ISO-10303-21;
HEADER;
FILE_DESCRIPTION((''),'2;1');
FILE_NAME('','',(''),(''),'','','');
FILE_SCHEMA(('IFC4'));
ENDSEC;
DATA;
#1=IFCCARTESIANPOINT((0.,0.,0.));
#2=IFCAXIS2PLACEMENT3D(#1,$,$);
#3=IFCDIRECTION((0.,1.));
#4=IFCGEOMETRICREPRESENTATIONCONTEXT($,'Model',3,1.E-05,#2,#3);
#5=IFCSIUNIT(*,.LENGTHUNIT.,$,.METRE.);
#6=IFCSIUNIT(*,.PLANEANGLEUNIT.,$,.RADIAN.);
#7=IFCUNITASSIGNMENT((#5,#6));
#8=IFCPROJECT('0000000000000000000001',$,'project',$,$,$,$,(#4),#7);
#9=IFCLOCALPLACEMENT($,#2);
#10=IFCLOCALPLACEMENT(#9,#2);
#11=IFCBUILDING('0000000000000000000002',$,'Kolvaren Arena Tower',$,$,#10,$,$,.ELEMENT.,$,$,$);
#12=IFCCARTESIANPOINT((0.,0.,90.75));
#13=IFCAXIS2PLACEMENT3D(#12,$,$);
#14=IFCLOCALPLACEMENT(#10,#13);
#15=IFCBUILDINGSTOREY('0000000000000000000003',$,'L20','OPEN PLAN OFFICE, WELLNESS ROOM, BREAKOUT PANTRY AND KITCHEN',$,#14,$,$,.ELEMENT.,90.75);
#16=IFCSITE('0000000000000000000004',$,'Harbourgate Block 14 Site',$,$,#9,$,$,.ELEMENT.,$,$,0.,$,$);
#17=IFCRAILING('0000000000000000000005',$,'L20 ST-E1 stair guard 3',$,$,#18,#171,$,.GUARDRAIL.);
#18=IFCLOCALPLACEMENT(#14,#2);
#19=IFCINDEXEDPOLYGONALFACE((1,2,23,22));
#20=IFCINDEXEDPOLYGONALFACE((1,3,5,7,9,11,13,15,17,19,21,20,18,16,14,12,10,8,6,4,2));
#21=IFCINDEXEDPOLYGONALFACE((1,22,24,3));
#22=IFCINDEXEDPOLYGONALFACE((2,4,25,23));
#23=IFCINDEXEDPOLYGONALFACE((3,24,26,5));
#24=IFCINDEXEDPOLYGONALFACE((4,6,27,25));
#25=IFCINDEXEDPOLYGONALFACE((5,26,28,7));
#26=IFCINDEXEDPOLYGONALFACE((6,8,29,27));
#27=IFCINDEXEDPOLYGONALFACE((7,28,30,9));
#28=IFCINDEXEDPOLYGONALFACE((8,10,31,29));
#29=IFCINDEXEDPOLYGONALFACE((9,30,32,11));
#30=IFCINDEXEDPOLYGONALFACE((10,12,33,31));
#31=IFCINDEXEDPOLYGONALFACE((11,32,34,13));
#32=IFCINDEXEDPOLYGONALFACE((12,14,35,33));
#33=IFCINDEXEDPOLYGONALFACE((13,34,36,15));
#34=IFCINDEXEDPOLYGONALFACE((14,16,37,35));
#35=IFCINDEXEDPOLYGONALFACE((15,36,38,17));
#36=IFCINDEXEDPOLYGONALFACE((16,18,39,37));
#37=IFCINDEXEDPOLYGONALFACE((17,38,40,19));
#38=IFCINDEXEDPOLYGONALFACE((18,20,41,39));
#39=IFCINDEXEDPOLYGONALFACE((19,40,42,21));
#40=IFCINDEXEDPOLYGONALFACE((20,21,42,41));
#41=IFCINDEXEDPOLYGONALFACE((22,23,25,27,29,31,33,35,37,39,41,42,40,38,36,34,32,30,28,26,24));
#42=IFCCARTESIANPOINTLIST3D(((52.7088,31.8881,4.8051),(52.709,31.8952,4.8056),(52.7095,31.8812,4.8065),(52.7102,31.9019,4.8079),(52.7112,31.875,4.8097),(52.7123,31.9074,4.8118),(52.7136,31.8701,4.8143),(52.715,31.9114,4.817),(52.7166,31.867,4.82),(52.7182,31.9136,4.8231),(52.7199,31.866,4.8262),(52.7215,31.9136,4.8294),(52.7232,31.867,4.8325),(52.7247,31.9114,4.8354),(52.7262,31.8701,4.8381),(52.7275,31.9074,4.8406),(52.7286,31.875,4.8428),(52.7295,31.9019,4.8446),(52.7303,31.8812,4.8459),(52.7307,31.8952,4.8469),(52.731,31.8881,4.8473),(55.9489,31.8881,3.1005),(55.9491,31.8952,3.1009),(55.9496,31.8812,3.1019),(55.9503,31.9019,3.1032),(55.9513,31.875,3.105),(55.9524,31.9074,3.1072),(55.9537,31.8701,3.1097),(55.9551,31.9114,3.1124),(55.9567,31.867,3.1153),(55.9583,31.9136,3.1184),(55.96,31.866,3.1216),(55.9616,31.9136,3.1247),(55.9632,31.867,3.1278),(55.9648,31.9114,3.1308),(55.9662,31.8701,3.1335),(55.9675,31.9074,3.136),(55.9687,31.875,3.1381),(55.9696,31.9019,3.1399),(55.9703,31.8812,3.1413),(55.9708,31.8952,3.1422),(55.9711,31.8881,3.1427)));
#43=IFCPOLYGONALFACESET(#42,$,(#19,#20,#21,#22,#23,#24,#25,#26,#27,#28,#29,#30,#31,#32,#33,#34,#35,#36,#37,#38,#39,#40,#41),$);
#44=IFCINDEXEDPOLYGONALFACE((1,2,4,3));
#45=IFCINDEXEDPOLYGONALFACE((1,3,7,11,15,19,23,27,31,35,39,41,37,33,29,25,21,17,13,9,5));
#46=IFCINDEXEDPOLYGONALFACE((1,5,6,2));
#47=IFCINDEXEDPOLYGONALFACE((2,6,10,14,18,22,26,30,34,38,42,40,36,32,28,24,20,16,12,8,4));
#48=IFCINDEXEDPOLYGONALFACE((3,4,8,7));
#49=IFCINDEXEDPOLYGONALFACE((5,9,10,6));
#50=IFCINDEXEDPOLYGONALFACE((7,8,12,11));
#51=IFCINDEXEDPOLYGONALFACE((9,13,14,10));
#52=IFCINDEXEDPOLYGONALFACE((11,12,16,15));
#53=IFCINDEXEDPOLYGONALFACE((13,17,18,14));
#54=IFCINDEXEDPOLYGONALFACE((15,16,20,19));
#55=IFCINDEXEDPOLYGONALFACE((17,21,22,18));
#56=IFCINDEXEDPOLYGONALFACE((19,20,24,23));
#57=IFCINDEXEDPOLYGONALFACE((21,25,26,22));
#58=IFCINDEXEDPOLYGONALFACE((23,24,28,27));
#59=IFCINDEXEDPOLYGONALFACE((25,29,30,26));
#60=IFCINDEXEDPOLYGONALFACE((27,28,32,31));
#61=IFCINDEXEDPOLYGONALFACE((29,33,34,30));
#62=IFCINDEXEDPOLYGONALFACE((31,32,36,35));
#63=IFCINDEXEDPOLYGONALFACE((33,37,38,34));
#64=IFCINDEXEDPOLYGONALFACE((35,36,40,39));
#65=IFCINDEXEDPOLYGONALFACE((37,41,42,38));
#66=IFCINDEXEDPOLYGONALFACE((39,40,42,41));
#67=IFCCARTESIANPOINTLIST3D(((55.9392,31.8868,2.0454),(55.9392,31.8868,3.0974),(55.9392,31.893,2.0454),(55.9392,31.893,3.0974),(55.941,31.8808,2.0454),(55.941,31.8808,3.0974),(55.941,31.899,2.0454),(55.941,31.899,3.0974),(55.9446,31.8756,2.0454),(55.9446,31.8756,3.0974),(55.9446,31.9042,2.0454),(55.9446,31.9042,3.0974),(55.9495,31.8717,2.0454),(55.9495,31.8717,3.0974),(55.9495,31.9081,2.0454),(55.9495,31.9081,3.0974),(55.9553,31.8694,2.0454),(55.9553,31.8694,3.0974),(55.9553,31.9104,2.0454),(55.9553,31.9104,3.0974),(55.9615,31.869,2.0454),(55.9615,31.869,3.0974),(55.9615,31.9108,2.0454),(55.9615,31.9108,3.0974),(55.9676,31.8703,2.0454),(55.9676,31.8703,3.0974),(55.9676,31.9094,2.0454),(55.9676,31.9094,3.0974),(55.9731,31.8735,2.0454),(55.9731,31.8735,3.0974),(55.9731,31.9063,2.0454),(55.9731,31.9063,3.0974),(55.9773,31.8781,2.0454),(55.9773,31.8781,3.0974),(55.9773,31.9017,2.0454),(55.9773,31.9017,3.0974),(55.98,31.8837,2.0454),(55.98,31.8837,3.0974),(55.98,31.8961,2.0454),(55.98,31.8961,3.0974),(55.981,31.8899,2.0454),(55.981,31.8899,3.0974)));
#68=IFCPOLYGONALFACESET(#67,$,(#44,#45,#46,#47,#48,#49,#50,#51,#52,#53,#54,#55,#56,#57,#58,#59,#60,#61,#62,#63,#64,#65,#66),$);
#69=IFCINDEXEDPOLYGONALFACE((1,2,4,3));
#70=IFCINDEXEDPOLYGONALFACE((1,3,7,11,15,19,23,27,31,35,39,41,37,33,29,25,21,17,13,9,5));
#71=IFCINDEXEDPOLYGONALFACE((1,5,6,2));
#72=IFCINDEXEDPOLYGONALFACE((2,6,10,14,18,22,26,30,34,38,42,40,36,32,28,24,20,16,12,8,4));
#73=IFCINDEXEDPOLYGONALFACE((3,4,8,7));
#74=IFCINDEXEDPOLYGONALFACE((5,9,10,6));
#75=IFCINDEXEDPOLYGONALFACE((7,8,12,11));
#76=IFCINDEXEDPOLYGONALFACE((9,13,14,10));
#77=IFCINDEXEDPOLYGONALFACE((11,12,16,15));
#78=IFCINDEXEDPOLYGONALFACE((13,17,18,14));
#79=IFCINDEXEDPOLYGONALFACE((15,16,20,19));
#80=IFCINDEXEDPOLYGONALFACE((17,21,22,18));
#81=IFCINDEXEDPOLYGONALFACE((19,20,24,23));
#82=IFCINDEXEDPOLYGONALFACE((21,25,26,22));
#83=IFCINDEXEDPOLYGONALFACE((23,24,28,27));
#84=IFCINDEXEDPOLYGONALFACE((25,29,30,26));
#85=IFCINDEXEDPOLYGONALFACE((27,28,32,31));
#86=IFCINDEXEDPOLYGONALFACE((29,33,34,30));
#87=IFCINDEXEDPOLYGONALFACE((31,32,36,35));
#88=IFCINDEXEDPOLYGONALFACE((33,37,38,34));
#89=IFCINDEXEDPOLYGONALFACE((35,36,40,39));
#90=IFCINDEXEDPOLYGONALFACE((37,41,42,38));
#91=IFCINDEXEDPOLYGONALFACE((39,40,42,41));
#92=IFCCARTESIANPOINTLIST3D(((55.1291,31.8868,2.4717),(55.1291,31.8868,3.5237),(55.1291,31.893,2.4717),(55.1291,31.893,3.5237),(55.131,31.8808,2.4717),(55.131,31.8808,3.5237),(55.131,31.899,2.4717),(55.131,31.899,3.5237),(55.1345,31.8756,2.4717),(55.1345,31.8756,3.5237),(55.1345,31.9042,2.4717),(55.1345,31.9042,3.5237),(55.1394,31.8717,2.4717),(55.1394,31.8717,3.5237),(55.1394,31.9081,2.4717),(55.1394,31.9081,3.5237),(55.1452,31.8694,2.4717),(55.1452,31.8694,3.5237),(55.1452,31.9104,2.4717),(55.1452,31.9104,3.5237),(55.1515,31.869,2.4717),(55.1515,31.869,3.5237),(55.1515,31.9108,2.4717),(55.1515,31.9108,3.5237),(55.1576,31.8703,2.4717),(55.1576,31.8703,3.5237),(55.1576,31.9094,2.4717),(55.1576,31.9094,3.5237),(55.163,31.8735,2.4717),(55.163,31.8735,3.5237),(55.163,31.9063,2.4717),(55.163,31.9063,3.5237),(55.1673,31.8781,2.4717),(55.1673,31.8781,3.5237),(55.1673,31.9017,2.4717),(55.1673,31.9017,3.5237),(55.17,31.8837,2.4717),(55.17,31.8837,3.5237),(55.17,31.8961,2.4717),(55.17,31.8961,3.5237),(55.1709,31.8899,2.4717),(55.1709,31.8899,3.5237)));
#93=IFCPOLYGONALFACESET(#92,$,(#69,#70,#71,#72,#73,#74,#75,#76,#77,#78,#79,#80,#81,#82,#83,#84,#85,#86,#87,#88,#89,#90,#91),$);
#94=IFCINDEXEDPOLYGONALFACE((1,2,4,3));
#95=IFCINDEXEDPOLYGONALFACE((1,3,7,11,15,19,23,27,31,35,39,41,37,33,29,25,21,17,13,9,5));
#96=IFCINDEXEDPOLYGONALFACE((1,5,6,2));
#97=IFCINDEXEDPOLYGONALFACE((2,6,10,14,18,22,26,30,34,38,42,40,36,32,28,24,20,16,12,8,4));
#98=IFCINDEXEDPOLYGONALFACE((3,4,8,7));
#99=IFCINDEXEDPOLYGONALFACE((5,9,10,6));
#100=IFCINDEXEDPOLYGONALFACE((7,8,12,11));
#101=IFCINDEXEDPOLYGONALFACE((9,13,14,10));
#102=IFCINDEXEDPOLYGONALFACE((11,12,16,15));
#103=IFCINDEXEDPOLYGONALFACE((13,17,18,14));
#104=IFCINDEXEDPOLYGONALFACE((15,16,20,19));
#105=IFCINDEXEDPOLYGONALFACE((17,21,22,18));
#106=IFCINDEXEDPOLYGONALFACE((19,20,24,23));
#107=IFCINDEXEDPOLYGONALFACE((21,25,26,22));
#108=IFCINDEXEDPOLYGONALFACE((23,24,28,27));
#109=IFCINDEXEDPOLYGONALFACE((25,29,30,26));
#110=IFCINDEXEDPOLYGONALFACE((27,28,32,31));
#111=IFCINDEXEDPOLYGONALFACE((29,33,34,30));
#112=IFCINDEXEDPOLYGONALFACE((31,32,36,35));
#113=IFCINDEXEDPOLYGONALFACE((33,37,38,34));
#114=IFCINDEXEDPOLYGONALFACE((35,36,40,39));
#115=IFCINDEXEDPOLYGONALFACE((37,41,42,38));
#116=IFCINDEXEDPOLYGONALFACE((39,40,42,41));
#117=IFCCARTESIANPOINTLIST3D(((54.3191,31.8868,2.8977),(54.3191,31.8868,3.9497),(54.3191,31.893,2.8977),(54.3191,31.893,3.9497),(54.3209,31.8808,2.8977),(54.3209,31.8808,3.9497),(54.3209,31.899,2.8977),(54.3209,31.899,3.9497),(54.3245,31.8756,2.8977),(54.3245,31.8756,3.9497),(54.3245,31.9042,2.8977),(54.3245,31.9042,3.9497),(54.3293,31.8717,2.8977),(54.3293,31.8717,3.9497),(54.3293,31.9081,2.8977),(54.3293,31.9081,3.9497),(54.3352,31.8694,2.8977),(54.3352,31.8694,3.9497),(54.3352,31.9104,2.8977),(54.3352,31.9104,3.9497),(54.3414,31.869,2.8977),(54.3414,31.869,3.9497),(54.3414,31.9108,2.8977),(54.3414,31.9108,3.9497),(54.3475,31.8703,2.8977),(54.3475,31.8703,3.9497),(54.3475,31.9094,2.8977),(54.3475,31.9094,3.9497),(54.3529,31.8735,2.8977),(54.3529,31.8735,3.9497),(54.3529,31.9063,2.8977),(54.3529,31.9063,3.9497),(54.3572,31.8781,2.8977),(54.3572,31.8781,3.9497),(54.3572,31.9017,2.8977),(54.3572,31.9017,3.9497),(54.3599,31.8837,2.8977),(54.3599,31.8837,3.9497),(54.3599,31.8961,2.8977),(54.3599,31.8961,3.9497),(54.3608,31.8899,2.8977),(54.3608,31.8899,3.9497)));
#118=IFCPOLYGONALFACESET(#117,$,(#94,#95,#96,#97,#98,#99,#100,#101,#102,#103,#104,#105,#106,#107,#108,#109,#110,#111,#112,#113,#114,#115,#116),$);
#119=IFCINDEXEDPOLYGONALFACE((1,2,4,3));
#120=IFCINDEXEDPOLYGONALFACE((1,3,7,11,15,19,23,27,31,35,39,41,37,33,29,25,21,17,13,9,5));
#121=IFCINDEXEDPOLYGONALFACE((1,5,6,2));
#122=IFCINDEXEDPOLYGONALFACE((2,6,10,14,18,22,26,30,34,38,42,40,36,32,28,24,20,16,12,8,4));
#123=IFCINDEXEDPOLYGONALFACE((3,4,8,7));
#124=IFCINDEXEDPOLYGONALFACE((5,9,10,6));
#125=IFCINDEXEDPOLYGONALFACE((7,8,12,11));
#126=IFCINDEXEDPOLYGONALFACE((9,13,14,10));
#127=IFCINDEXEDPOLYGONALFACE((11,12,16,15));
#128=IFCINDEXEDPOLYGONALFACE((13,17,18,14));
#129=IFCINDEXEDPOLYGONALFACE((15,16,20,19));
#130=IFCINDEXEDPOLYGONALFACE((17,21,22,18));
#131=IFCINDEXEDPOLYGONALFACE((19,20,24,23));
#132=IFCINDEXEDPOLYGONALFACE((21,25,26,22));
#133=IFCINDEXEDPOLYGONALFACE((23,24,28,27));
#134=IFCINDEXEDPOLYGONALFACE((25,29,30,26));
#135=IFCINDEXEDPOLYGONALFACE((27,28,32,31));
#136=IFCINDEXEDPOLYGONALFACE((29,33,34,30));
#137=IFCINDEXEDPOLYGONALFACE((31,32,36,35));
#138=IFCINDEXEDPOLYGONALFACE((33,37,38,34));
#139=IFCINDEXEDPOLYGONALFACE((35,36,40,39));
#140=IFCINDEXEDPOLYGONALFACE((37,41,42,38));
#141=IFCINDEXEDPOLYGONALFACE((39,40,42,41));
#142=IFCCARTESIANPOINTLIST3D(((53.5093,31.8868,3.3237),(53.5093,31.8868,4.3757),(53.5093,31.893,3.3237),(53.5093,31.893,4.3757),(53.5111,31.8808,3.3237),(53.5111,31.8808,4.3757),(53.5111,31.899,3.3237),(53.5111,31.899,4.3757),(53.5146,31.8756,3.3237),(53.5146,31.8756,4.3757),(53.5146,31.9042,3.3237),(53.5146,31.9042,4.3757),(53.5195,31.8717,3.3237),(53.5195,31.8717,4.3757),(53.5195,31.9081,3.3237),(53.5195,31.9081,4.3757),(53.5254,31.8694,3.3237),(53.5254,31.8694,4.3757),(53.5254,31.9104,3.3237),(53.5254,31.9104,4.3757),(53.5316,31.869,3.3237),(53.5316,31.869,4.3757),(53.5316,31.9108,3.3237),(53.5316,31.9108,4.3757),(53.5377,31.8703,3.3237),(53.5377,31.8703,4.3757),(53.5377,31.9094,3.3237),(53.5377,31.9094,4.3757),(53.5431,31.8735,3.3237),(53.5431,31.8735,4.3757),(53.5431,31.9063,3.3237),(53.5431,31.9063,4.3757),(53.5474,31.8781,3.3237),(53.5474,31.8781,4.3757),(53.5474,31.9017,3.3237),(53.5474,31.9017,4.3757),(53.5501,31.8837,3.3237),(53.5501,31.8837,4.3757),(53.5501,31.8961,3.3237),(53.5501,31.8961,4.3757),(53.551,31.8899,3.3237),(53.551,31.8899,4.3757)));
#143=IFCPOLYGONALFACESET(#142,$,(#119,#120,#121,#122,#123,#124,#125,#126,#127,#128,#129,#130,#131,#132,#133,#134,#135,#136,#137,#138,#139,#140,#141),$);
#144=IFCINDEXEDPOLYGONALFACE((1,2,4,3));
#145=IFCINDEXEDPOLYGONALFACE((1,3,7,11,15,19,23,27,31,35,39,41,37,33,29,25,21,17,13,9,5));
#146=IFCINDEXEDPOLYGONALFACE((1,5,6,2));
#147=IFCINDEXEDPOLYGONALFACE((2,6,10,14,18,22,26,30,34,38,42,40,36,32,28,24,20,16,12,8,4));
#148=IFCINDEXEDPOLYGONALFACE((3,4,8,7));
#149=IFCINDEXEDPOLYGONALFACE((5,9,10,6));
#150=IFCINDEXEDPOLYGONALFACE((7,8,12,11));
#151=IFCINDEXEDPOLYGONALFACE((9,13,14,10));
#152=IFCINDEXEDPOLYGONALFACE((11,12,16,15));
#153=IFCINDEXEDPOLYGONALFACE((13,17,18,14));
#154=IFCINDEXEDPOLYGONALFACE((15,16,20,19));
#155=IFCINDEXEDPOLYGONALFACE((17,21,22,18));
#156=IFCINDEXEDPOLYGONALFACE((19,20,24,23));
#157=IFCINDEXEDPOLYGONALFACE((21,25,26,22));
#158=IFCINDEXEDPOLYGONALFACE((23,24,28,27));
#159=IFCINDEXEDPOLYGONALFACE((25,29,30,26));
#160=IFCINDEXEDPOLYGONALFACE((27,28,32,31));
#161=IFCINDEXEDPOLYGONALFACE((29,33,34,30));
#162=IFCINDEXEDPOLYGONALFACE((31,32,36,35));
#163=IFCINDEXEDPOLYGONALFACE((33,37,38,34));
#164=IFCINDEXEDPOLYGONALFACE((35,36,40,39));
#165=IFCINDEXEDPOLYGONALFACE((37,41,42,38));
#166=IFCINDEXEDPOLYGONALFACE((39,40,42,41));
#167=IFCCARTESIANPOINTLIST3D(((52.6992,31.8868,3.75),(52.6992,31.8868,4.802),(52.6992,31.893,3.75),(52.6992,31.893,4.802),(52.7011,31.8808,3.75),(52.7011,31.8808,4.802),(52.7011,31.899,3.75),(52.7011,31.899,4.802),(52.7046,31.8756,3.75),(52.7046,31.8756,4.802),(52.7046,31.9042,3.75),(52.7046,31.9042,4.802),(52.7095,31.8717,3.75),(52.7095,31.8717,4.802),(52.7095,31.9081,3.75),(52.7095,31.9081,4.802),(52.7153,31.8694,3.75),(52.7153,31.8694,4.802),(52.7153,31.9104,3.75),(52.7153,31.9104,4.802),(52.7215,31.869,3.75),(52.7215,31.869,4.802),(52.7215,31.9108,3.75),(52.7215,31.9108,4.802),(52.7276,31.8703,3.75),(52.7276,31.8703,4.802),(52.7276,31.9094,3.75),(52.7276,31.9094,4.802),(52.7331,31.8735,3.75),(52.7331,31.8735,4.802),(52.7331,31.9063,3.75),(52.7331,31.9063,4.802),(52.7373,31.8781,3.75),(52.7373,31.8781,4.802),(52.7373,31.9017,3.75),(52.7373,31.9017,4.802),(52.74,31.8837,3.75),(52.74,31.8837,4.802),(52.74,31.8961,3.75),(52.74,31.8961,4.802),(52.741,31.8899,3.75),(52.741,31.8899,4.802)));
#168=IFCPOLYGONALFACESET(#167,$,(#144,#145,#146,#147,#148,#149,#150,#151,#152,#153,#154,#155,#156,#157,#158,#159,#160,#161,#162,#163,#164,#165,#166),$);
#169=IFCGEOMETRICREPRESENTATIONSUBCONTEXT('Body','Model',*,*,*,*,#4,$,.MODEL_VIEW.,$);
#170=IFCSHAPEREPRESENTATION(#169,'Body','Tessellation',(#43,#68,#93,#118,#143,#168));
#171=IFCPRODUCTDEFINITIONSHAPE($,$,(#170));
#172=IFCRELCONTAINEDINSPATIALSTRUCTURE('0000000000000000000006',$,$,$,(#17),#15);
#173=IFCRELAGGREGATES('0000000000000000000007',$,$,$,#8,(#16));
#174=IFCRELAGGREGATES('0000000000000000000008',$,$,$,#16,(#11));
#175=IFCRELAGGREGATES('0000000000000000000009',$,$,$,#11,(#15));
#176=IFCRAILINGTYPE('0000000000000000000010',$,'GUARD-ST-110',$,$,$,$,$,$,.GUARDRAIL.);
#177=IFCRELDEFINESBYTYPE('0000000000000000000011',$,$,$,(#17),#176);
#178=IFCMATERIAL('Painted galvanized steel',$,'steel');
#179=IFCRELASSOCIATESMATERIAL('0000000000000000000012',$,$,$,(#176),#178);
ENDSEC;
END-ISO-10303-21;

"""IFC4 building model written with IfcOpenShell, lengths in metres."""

from ifc_helpers import new_model, si_unit, direction, frame, origin, origin_2d, place, context, subcontext, project, spatial, circle, extrude, material, type_object, element, save


model = new_model("IFC4")

# Units and contexts
model_context = context("Model", 3, precision=1e-05, world=origin(), true_north=direction((0.0, 1.0)))
body_context = subcontext(model_context, "Body", "Model", "MODEL_VIEW")
ifc_project = project(units=[si_unit("LENGTHUNIT", "METRE"), si_unit("PLANEANGLEUNIT", "RADIAN")], contexts=[model_context])

# Site, building, storey
site_placement = place(None, origin())
site = spatial("IfcSite", under=ifc_project, at=site_placement, Name="Harbourgate Block 14 Site", CompositionType="ELEMENT", RefElevation=0.0)
building_placement = place(site_placement, origin())
building = spatial("IfcBuilding", under=site, at=building_placement, Name="Kolvaren Arena Tower", CompositionType="ELEMENT")
storey_placement = place(building_placement, frame((0.0, 0.0, 90.75)))
storey = spatial("IfcBuildingStorey", under=building, at=storey_placement, Name="L20", Description="OPEN PLAN OFFICE, WELLNESS ROOM, BREAKOUT PANTRY AND KITCHEN", CompositionType="ELEMENT", Elevation=90.75)

# Railing
ifc_material_1 = material(Name="Painted galvanized steel", Category="steel")
railing_type_1 = type_object("IfcRailingType", Name="GUARD-ST-110", PredefinedType="GUARDRAIL", material=ifc_material_1)
railing_1_placement = place(storey_placement, frame((55.96, 31.8899, 2.0454)))
element("IfcRailing", 1, at=railing_1_placement, inside=storey, type_object=railing_type_1, Name="L20 ST-E1 stair guard 3", PredefinedType="GUARDRAIL", context=body_context, shape_type="SweptSolid", body=[
    extrude(circle(Radius=0.0239, at=origin_2d()), frame((0.0, 0.0, 1.0762), z_axis=(-0.884993, 0.0, 0.465604), x_axis=(0.0, -1.0, 0.0)), (0.0, 0.0, 1.0), 3.6611),
    extrude(circle(Radius=0.021, at=origin_2d()), origin(), (0.0, 0.0, 1.0), 1.052),
    extrude(circle(Radius=0.021, at=origin_2d()), frame((-0.8101, 0.0, 0.4263)), (0.0, 0.0, 1.0), 1.052),
    extrude(circle(Radius=0.021, at=origin_2d()), frame((-1.6201, 0.0, 0.8523)), (0.0, 0.0, 1.0), 1.052),
    extrude(circle(Radius=0.021, at=origin_2d()), frame((-2.4299, 0.0, 1.2783)), (0.0, 0.0, 1.0), 1.052),
    extrude(circle(Radius=0.021, at=origin_2d()), frame((-3.24, 0.0, 1.7046)), (0.0, 0.0, 1.0), 1.052),
])

save(model, "model.ifc")
